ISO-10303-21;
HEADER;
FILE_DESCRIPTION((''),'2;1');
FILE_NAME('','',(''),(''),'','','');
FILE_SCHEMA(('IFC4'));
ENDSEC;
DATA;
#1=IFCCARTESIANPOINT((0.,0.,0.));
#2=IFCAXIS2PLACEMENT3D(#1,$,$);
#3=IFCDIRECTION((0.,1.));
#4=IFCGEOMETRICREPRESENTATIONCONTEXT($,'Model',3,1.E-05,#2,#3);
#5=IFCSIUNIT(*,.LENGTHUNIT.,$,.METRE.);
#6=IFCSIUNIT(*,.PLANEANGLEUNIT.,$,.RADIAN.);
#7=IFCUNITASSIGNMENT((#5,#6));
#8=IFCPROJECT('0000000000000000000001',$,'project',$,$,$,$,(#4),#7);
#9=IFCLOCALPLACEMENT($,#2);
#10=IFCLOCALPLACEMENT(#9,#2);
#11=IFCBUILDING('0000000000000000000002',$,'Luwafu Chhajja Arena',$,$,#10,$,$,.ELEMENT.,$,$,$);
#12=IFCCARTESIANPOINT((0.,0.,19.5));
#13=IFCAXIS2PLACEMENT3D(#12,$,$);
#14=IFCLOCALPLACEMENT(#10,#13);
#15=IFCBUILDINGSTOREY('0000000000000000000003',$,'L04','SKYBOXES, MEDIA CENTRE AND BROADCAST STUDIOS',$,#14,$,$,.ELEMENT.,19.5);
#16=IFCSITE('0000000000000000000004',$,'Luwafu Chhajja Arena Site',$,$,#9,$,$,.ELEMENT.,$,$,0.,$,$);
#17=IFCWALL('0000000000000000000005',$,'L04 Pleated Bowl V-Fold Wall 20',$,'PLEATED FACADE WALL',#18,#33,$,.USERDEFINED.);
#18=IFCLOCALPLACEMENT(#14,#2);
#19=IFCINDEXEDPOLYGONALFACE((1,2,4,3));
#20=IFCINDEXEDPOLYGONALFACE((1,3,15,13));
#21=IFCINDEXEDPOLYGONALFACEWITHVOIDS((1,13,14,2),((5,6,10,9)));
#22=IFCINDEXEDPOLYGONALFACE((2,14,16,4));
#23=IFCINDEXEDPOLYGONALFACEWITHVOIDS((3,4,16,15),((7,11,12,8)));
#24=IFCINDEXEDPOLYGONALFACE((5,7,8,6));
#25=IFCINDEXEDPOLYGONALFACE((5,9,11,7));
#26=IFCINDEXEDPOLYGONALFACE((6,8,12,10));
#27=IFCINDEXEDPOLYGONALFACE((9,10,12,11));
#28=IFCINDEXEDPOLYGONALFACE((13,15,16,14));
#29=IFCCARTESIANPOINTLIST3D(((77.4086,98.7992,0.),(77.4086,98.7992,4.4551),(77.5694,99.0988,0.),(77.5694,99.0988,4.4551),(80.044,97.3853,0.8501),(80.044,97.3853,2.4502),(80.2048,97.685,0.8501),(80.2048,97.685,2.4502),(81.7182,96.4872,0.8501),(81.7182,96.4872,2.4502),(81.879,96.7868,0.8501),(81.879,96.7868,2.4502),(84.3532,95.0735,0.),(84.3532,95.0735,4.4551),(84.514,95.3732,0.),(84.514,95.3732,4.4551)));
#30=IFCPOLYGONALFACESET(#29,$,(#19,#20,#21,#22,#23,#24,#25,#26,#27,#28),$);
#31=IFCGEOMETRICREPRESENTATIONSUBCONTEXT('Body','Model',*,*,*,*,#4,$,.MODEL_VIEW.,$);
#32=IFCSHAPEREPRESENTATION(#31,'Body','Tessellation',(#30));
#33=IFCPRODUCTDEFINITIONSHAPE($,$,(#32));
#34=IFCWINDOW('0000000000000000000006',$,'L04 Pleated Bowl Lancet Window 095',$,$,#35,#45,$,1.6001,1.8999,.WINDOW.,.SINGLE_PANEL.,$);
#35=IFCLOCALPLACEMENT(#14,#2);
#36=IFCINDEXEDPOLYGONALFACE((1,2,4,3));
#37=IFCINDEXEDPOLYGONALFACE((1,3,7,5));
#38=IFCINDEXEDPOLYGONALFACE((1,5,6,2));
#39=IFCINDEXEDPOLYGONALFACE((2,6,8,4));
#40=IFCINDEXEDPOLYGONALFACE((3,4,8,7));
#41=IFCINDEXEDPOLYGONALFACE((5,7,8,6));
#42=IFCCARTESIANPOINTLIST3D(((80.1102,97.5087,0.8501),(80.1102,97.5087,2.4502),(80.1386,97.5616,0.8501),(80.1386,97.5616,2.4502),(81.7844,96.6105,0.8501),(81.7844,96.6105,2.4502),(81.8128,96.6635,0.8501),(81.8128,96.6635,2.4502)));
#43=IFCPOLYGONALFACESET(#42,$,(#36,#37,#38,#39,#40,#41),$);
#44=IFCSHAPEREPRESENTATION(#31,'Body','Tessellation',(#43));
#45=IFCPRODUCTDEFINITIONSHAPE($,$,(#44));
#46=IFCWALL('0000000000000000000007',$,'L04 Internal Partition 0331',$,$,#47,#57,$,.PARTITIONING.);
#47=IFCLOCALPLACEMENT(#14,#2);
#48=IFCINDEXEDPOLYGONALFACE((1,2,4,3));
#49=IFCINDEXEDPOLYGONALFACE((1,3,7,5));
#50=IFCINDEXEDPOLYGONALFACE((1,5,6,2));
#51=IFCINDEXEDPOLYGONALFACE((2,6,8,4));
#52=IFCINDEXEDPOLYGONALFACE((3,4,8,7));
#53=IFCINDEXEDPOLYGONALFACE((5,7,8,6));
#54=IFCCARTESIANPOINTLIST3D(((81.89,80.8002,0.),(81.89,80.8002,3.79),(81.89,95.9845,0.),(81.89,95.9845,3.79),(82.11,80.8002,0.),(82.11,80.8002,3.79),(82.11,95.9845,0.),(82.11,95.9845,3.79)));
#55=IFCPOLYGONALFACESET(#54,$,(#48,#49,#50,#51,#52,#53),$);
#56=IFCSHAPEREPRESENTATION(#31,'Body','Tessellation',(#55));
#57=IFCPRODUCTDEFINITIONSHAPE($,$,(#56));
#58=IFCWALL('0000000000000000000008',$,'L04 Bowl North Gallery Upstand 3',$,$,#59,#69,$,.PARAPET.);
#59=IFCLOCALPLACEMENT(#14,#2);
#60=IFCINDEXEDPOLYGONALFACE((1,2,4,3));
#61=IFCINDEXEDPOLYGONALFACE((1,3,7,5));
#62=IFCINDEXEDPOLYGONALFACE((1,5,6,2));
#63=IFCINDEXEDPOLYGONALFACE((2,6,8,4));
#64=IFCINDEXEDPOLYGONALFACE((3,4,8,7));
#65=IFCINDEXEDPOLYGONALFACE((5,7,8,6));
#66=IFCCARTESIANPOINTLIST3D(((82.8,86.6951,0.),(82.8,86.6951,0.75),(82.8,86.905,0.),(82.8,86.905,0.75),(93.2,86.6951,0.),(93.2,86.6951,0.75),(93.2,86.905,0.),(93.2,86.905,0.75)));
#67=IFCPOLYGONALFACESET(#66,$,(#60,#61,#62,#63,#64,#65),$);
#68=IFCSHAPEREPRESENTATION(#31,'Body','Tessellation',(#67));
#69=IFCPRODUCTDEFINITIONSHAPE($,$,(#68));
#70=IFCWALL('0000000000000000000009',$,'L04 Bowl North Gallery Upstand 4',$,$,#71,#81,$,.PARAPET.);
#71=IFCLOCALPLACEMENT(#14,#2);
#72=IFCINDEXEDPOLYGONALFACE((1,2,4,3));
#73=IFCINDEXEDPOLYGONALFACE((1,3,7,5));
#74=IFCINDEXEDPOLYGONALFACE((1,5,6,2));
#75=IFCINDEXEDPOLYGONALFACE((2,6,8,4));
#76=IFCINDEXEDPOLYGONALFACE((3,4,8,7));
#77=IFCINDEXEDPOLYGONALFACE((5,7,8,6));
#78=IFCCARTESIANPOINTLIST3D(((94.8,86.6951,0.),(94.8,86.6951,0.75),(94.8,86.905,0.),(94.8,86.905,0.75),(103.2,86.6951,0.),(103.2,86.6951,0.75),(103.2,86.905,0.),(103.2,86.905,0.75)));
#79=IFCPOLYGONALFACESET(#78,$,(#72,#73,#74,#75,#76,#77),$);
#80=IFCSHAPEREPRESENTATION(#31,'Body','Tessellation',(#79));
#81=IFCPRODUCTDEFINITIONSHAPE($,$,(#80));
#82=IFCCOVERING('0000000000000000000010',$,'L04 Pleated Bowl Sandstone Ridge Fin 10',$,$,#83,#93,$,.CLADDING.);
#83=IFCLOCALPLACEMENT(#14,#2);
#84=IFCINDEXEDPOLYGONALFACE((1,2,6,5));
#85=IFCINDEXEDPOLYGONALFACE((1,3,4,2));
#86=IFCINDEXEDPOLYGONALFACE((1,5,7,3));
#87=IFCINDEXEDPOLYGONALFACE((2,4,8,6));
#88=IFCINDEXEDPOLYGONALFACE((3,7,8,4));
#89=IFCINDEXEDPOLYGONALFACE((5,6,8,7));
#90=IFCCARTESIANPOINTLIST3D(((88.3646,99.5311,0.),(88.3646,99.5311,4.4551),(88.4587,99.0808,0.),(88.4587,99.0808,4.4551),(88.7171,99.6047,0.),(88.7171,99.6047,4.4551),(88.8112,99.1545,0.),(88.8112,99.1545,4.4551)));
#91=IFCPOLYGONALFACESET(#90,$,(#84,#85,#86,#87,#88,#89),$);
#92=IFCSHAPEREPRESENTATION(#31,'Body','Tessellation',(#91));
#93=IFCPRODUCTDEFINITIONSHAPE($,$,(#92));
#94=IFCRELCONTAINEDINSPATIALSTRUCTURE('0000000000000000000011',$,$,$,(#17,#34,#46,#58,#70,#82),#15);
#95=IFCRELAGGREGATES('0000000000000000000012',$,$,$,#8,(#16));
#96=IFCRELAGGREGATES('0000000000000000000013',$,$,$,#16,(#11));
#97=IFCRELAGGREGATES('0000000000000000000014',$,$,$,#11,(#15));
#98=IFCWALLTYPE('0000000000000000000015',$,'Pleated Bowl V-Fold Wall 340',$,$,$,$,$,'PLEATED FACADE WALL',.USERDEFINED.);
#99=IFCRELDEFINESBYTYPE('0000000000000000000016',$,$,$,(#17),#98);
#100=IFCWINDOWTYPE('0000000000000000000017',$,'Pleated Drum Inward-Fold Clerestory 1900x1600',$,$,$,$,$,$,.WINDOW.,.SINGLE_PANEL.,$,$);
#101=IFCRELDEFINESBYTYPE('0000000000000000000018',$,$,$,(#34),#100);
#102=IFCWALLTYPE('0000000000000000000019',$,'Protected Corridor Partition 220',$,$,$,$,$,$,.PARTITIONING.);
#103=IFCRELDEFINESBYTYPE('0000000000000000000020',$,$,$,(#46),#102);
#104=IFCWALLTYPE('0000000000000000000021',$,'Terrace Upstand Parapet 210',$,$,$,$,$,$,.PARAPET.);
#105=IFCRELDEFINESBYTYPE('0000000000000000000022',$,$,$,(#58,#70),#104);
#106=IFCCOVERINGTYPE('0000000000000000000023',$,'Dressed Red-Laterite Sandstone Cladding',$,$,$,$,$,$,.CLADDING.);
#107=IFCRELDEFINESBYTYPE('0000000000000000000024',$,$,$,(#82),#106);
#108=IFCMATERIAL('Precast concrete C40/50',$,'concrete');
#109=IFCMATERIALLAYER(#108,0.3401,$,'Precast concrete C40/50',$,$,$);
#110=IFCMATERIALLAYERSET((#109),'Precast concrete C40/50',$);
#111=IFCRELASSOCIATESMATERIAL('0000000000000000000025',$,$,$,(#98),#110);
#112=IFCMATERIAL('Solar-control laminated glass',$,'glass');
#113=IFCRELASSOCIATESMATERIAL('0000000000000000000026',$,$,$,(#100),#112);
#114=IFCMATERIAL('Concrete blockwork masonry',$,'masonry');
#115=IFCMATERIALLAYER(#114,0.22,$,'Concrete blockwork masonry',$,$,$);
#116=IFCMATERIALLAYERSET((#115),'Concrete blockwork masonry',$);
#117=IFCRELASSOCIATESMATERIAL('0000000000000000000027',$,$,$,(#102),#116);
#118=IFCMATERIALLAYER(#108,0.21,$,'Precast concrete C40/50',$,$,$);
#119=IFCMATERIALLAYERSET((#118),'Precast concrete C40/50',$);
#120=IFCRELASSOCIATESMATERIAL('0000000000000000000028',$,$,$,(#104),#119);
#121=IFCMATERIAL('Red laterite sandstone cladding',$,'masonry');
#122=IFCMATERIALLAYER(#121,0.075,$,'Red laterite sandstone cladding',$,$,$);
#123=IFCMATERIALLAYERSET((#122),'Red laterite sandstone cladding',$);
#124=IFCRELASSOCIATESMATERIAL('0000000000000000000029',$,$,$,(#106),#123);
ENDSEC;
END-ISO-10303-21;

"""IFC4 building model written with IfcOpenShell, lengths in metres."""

from ifc_helpers import new_model, si_unit, direction, frame, frame_2d, origin, origin_2d, place, context, subcontext, project, spatial, rectangle, extrude, material, layer, layer_set, type_object, element, fill, save


model = new_model("IFC4")

# Units and contexts
model_context = context("Model", 3, precision=1e-05, world=origin(), true_north=direction((0.0, 1.0)))
body_context = subcontext(model_context, "Body", "Model", "MODEL_VIEW")
ifc_project = project(units=[si_unit("LENGTHUNIT", "METRE"), si_unit("PLANEANGLEUNIT", "RADIAN")], contexts=[model_context])

# Site, building, storey
site_placement = place(None, origin())
site = spatial("IfcSite", under=ifc_project, at=site_placement, Name="Luwafu Chhajja Arena Site", CompositionType="ELEMENT", RefElevation=0.0)
building_placement = place(site_placement, origin())
building = spatial("IfcBuilding", under=site, at=building_placement, Name="Luwafu Chhajja Arena", CompositionType="ELEMENT")
storey_placement = place(building_placement, frame((0.0, 0.0, 19.5)))
storey = spatial("IfcBuildingStorey", under=building, at=storey_placement, Name="L04", Description="SKYBOXES, MEDIA CENTRE AND BROADCAST STUDIOS", CompositionType="ELEMENT", Elevation=19.5)

# Shared definitions
ifc_material_1 = material(Name="Solar-control laminated glass", Category="glass")

# Wall, opening, window
ifc_material_2 = material(Name="Precast concrete C40/50", Category="concrete")
ifc_layer_1 = layer(ifc_material_2, 0.3401, Name="Precast concrete C40/50")
ifc_layer_set_1 = layer_set([ifc_layer_1], Name="Precast concrete C40/50")
wall_type_1 = type_object("IfcWallType", Name="Pleated Bowl V-Fold Wall 340", ElementType="PLEATED FACADE WALL", PredefinedType="USERDEFINED", material=ifc_layer_set_1)
window_type_1 = type_object("IfcWindowType", Name="Pleated Drum Inward-Fold Clerestory 1900x1600", PartitioningType="SINGLE_PANEL", PredefinedType="WINDOW", material=ifc_material_1)
wall_1_placement = place(storey_placement, frame((84.4336, 95.2234, 0.0), z_axis=(0.0, 0.0, 1.0), x_axis=(-0.881201, 0.472741, 0.0)))
wall_1 = element("IfcWall", 1, at=wall_1_placement, inside=storey, type_object=wall_type_1, Name="L04 Pleated Bowl V-Fold Wall 20", ObjectType="PLEATED FACADE WALL", PredefinedType="USERDEFINED", context=body_context, shape_type="SweptSolid", body=[
    extrude(rectangle(XDim=7.8809, YDim=0.3401, at=frame_2d((3.9404, 0.0))), origin(), (0.0, 0.0, 1.0), 4.4551),
])
opening_1_placement = place(wall_1_placement, frame((2.9902, 0.0, 0.8501)))
opening_1 = element("IfcOpeningElement", 2, at=opening_1_placement, cuts=wall_1, PredefinedType="OPENING", context=body_context, shape_type="SweptSolid", body=[
    extrude(rectangle(XDim=1.8999, YDim=1.6001, at=frame_2d((0.95, 0.8))), frame((0.0, 0.1799, 0.0), z_axis=(0.0, -1.0, 0.0), x_axis=(1.0, 0.0, 0.0)), (0.0, 0.0, 1.0), 0.3601),
])
window_1_placement = place(opening_1_placement, origin())
window_1 = element("IfcWindow", 3, at=window_1_placement, inside=storey, type_object=window_type_1, Name="L04 Pleated Bowl Lancet Window 095", OverallHeight=1.6001, OverallWidth=1.8999, PartitioningType="SINGLE_PANEL", PredefinedType="WINDOW", context=body_context, shape_type="SweptSolid", body=[
    extrude(rectangle(XDim=1.8999, YDim=1.6001, at=frame_2d((0.95, 0.8))), frame((0.0, 0.03, 0.0), z_axis=(0.0, -1.0, 0.0), x_axis=(1.0, 0.0, 0.0)), (0.0, 0.0, 1.0), 0.0601),
])
fill(opening_1, window_1)

# Walls
ifc_material_3 = material(Name="Concrete blockwork masonry", Category="masonry")
ifc_layer_2 = layer(ifc_material_3, 0.22, Name="Concrete blockwork masonry")
ifc_layer_set_2 = layer_set([ifc_layer_2], Name="Concrete blockwork masonry")
wall_type_2 = type_object("IfcWallType", Name="Protected Corridor Partition 220", PredefinedType="PARTITIONING", material=ifc_layer_set_2)
wall_2_placement = place(storey_placement, frame((82.0, 80.8, 0.0), z_axis=(0.0, 0.0, 1.0), x_axis=(0.0, 1.0, 0.0)))
element("IfcWall", 4, at=wall_2_placement, inside=storey, type_object=wall_type_2, Name="L04 Internal Partition 0331", PredefinedType="PARTITIONING", context=body_context, shape_type="SweptSolid", body=[
    extrude(rectangle(XDim=15.1843, YDim=0.22, at=frame_2d((7.5923, 0.0))), origin(), (0.0, 0.0, 1.0), 3.79),
])
ifc_layer_3 = layer(ifc_material_2, 0.21, Name="Precast concrete C40/50")
ifc_layer_set_3 = layer_set([ifc_layer_3], Name="Precast concrete C40/50")
wall_type_3 = type_object("IfcWallType", Name="Terrace Upstand Parapet 210", PredefinedType="PARAPET", material=ifc_layer_set_3)
wall_3_placement = place(storey_placement, frame((82.8, 86.8, 0.0), z_axis=(0.0, 0.0, 1.0), x_axis=(1.0, 0.0, 0.0)))
element("IfcWall", 5, at=wall_3_placement, inside=storey, type_object=wall_type_3, Name="L04 Bowl North Gallery Upstand 3", PredefinedType="PARAPET", context=body_context, shape_type="SweptSolid", body=[
    extrude(rectangle(XDim=10.3999, YDim=0.21, at=frame_2d((5.2, 0.0))), origin(), (0.0, 0.0, 1.0), 0.75),
])
wall_4_placement = place(storey_placement, frame((94.8, 86.8, 0.0), z_axis=(0.0, 0.0, 1.0), x_axis=(1.0, 0.0, 0.0)))
element("IfcWall", 6, at=wall_4_placement, inside=storey, type_object=wall_type_3, Name="L04 Bowl North Gallery Upstand 4", PredefinedType="PARAPET", context=body_context, shape_type="SweptSolid", body=[
    extrude(rectangle(XDim=8.3999, YDim=0.21, at=frame_2d((4.2, 0.0))), origin(), (0.0, 0.0, 1.0), 0.75),
])

# Covering
ifc_material_4 = material(Name="Red laterite sandstone cladding", Category="masonry")
ifc_layer_4 = layer(ifc_material_4, 0.075, Name="Red laterite sandstone cladding")
ifc_layer_set_4 = layer_set([ifc_layer_4], Name="Red laterite sandstone cladding")
covering_type = type_object("IfcCoveringType", Name="Dressed Red-Laterite Sandstone Cladding", PredefinedType="CLADDING", material=ifc_layer_set_4)
covering_placement = place(storey_placement, frame((88.5879, 99.3428, 0.0), z_axis=(0.0, 0.0, 1.0), x_axis=(-0.204485, 0.97887, 0.0)))
element("IfcCovering", 7, at=covering_placement, inside=storey, type_object=covering_type, Name="L04 Pleated Bowl Sandstone Ridge Fin 10", PredefinedType="CLADDING", context=body_context, shape_type="SweptSolid", body=[
    extrude(rectangle(XDim=0.46, YDim=0.3601, at=origin_2d()), origin(), (0.0, 0.0, 1.0), 4.4551),
])

save(model, "model.ifc")
